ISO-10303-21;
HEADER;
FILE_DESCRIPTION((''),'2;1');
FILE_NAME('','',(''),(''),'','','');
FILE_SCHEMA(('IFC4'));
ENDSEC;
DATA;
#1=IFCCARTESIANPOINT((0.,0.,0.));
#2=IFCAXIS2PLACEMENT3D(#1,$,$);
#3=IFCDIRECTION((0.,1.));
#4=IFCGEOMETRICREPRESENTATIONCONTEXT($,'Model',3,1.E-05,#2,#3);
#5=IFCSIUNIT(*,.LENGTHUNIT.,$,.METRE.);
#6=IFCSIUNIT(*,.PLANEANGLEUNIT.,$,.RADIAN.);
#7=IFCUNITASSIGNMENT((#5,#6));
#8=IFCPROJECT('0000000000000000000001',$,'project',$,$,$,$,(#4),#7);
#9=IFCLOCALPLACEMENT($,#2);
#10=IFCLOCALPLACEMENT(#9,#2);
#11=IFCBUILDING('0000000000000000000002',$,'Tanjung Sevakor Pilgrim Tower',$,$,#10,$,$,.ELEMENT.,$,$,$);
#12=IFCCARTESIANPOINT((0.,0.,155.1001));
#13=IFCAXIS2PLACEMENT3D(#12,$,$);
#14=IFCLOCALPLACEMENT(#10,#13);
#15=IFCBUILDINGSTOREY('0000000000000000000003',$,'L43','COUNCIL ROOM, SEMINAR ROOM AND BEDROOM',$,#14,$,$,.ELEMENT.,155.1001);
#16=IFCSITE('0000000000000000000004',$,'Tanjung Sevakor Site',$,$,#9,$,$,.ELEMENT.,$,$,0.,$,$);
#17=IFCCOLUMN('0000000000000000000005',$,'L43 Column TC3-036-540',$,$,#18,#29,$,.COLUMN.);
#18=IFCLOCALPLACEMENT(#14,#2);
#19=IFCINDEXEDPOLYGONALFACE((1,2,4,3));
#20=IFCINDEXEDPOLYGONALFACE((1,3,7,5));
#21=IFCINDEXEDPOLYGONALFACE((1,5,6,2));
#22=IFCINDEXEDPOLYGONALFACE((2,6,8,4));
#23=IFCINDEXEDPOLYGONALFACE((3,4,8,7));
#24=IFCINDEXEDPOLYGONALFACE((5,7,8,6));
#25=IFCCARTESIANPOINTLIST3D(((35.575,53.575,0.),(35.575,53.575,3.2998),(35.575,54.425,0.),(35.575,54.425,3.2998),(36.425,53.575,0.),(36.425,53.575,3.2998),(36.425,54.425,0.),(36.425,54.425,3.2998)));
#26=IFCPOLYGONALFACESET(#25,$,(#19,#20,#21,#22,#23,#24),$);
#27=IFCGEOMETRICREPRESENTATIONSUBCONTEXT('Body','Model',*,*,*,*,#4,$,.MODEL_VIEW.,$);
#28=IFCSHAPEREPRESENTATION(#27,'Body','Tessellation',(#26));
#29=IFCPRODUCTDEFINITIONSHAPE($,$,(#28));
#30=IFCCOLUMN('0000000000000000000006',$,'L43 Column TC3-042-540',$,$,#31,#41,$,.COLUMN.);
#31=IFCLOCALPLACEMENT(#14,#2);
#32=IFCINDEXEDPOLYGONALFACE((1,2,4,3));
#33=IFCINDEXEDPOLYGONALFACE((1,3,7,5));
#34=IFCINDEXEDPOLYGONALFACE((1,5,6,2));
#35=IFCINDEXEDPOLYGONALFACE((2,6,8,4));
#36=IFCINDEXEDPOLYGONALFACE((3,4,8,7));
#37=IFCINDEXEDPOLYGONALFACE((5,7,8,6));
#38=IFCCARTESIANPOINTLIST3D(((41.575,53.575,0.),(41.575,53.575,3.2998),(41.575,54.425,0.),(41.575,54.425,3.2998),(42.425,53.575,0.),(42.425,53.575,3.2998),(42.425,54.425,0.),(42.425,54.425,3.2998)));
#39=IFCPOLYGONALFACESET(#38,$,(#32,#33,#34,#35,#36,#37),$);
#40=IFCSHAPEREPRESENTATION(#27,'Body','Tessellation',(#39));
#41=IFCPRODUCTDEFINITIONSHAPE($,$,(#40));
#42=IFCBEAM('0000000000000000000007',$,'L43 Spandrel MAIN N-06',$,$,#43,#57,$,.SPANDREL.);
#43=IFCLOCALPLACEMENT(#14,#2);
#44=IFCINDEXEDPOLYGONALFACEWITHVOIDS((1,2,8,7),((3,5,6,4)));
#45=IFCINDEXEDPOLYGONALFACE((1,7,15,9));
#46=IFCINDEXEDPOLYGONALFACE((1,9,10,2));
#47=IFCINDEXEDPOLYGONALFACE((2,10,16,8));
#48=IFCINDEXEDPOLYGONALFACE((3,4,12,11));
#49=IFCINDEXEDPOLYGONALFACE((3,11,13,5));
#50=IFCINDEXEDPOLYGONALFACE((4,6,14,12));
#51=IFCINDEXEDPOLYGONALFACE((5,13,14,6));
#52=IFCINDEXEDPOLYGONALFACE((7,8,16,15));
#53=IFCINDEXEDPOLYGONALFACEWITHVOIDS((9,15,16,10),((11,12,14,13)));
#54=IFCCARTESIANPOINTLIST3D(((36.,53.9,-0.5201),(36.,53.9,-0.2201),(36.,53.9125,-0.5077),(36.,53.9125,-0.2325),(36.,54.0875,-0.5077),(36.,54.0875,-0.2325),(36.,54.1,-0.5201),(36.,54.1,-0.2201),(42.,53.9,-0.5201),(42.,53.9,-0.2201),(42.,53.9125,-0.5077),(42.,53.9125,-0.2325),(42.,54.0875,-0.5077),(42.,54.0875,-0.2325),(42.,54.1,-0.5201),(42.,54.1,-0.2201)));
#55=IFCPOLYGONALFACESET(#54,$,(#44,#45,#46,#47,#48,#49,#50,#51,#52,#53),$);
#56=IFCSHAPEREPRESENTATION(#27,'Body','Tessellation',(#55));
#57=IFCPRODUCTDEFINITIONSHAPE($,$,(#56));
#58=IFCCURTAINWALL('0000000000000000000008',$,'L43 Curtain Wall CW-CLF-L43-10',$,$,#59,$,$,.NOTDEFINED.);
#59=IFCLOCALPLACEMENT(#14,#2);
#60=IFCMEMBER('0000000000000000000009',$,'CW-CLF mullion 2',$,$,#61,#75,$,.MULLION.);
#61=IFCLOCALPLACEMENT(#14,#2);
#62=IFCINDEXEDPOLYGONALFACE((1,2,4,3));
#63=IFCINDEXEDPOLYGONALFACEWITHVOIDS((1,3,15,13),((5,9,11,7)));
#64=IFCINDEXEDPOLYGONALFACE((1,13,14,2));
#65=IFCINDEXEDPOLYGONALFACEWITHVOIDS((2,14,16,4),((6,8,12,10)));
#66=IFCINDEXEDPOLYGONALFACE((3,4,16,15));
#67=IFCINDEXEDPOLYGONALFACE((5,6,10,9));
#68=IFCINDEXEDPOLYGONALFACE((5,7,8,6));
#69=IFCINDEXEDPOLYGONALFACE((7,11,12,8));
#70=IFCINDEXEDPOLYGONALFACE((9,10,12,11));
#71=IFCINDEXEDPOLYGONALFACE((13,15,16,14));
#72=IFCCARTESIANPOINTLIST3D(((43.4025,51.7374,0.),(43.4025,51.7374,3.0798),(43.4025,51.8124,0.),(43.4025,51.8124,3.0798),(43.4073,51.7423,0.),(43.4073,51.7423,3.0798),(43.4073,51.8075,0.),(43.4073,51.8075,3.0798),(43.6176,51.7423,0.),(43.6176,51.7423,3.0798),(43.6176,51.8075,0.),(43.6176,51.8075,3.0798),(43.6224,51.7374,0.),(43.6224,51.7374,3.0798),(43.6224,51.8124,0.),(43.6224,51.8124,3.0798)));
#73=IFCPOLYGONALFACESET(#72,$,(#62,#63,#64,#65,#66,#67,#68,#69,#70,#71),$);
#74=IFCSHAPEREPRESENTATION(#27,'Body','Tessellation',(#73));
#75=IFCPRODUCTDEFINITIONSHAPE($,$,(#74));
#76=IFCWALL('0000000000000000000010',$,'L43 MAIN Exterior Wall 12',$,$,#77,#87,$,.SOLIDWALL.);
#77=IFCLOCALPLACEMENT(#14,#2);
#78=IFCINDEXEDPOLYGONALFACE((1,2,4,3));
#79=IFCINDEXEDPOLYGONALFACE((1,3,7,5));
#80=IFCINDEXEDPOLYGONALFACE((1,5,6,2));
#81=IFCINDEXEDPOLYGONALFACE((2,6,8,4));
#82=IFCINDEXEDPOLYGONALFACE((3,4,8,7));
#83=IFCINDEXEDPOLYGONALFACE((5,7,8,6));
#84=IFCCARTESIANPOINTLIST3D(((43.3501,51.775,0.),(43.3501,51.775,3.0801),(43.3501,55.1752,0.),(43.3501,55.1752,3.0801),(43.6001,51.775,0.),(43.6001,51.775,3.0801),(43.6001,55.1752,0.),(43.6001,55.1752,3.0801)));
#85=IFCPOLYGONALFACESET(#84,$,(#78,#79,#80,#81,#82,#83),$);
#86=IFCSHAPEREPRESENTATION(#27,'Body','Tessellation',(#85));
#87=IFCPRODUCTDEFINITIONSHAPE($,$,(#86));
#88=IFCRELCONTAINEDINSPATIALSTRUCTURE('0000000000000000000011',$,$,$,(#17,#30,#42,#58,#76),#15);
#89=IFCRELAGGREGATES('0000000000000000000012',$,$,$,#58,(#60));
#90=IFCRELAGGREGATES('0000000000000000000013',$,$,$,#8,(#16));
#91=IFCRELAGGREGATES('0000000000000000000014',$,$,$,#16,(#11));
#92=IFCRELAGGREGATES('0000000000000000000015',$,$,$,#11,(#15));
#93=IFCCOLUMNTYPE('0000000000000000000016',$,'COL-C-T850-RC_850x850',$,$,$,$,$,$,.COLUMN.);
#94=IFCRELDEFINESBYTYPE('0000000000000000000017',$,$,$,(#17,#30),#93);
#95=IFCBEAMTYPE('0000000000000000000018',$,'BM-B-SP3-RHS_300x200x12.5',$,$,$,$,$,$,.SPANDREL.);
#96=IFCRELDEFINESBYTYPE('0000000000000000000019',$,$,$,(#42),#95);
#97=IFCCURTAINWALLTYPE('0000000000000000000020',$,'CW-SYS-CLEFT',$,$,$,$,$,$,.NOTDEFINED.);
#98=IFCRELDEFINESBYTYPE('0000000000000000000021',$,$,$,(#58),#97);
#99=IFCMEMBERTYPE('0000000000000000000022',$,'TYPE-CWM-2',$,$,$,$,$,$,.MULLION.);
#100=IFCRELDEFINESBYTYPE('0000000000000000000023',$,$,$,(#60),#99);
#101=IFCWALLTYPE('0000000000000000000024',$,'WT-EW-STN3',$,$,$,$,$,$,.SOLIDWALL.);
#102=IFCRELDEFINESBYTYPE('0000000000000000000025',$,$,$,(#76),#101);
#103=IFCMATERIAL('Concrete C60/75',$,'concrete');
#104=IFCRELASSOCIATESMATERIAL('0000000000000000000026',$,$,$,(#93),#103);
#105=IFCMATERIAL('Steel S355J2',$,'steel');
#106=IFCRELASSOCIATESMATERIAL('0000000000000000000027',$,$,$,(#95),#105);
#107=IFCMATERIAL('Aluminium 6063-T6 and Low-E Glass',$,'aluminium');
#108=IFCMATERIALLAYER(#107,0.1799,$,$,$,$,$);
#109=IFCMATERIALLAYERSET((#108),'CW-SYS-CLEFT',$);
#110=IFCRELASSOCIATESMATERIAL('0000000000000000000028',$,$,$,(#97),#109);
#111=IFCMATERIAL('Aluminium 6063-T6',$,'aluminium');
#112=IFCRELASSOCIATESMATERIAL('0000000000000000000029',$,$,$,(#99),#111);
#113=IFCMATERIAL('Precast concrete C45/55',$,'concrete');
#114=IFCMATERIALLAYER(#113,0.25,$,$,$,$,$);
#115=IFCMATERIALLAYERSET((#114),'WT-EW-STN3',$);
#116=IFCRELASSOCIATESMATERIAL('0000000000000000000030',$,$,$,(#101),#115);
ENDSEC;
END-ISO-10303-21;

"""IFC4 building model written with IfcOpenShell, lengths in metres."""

from ifc_helpers import new_model, si_unit, direction, frame, frame_2d, origin, origin_2d, place, context, subcontext, project, spatial, rectangle, hollow_rectangle, extrude, material, layer, layer_set, material_profile, profile_set, type_object, element, aggregate, save


model = new_model("IFC4")

# Units and contexts
model_context = context("Model", 3, precision=1e-05, world=origin(), true_north=direction((0.0, 1.0)))
body_context = subcontext(model_context, "Body", "Model", "MODEL_VIEW")
ifc_project = project(units=[si_unit("LENGTHUNIT", "METRE"), si_unit("PLANEANGLEUNIT", "RADIAN")], contexts=[model_context])

# Site, building, storey
site_placement = place(None, origin())
site = spatial("IfcSite", under=ifc_project, at=site_placement, Name="Tanjung Sevakor Site", CompositionType="ELEMENT", RefElevation=0.0)
building_placement = place(site_placement, origin())
building = spatial("IfcBuilding", under=site, at=building_placement, Name="Tanjung Sevakor Pilgrim Tower", CompositionType="ELEMENT")
storey_placement = place(building_placement, frame((0.0, 0.0, 155.1001)))
storey = spatial("IfcBuildingStorey", under=building, at=storey_placement, Name="L43", Description="COUNCIL ROOM, SEMINAR ROOM AND BEDROOM", CompositionType="ELEMENT", Elevation=155.1001)

# Columns
ifc_material_1 = material(Name="Concrete C60/75", Category="concrete")
ifc_material_profile_1 = material_profile(ifc_material_1, rectangle(XDim=0.8501, YDim=0.8501, at=origin_2d()))
ifc_profile_set_1 = profile_set([ifc_material_profile_1], Name="Concrete C60/75")
column_type = type_object("IfcColumnType", Name="COL-C-T850-RC_850x850", PredefinedType="COLUMN", material=ifc_profile_set_1)
for number, where, z_axis, x_axis, name in (
    (1, (36.0, 54.0, 0.0), (0.0, 0.0, 1.0), (1.0, 0.0, 0.0), "L43 Column TC3-036-540"),
    (2, (42.0, 54.0, 0.0), (0.0, 0.0, 1.0), (1.0, 0.0, 0.0), "L43 Column TC3-042-540"),
):
    element("IfcColumn", number, at=place(storey_placement, frame(where, z_axis=z_axis, x_axis=x_axis)), inside=storey, type_object=column_type, Name=name, PredefinedType="COLUMN", context=body_context, shape_type="SweptSolid", body=[
        extrude(rectangle(XDim=0.8501, YDim=0.8501, at=origin_2d()), origin(), (0.0, 0.0, 1.0), 3.2998),
    ])

# Beam
ifc_material_2 = material(Name="Steel S355J2", Category="steel")
ifc_material_profile_2 = material_profile(ifc_material_2, hollow_rectangle(XDim=0.2, YDim=0.3, WallThickness=0.0125, at=origin_2d()))
ifc_profile_set_2 = profile_set([ifc_material_profile_2], Name="Steel S355J2")
beam_type = type_object("IfcBeamType", Name="BM-B-SP3-RHS_300x200x12.5", PredefinedType="SPANDREL", material=ifc_profile_set_2)
beam_placement = place(storey_placement, frame((36.0, 54.0, -0.3701), z_axis=(1.0, 0.0, 0.0), x_axis=(0.0, 1.0, 0.0)))
element("IfcBeam", 3, at=beam_placement, inside=storey, type_object=beam_type, Name="L43 Spandrel MAIN N-06", PredefinedType="SPANDREL", context=body_context, shape_type="SweptSolid", body=[
    extrude(hollow_rectangle(XDim=0.2, YDim=0.3, WallThickness=0.0125, at=origin_2d()), origin(), (0.0, 0.0, 1.0), 6.0),
])

# Curtain wall, member
ifc_material_3 = material(Name="Aluminium 6063-T6 and Low-E Glass", Category="aluminium")
ifc_layer_1 = layer(ifc_material_3, 0.1799)
ifc_layer_set_1 = layer_set([ifc_layer_1], Name="CW-SYS-CLEFT")
curtain_wall_type = type_object("IfcCurtainWallType", Name="CW-SYS-CLEFT", PredefinedType="NOTDEFINED", material=ifc_layer_set_1)
curtain_wall_placement = place(storey_placement, origin())
curtain_wall = element("IfcCurtainWall", 4, at=curtain_wall_placement, inside=storey, type_object=curtain_wall_type, Name="L43 Curtain Wall CW-CLF-L43-10", PredefinedType="NOTDEFINED")
ifc_material_4 = material(Name="Aluminium 6063-T6", Category="aluminium")
ifc_material_profile_3 = material_profile(ifc_material_4, hollow_rectangle(XDim=0.075, YDim=0.22, WallThickness=0.0049, at=origin_2d()))
ifc_profile_set_3 = profile_set([ifc_material_profile_3], Name="Aluminium 6063-T6")
member_type = type_object("IfcMemberType", Name="TYPE-CWM-2", PredefinedType="MULLION", material=ifc_profile_set_3)
member_placement = place(storey_placement, frame((43.5125, 51.7749, 0.0), z_axis=(0.0, 0.0, 1.0), x_axis=(0.0, -1.0, 0.0)))
member = element("IfcMember", 5, at=member_placement, type_object=member_type, Name="CW-CLF mullion 2", PredefinedType="MULLION", context=body_context, shape_type="SweptSolid", body=[
    extrude(hollow_rectangle(XDim=0.075, YDim=0.22, WallThickness=0.0049, at=origin_2d()), origin(), (0.0, 0.0, 1.0), 3.0798),
])
aggregate(curtain_wall, [member])

# Wall
ifc_material_5 = material(Name="Precast concrete C45/55", Category="concrete")
ifc_layer_2 = layer(ifc_material_5, 0.25)
ifc_layer_set_2 = layer_set([ifc_layer_2], Name="WT-EW-STN3")
wall_type_1 = type_object("IfcWallType", Name="WT-EW-STN3", PredefinedType="SOLIDWALL", material=ifc_layer_set_2)
wall_1_placement = place(storey_placement, frame((43.4751, 51.7749, 0.0), z_axis=(0.0, 0.0, 1.0), x_axis=(0.0, 1.0, 0.0)))
element("IfcWall", 6, at=wall_1_placement, inside=storey, type_object=wall_type_1, Name="L43 MAIN Exterior Wall 12", PredefinedType="SOLIDWALL", context=body_context, shape_type="SweptSolid", body=[
    extrude(rectangle(XDim=3.4001, YDim=0.25, at=frame_2d((1.7002, 0.0))), origin(), (0.0, 0.0, 1.0), 3.0801),
])

save(model, "model.ifc")
